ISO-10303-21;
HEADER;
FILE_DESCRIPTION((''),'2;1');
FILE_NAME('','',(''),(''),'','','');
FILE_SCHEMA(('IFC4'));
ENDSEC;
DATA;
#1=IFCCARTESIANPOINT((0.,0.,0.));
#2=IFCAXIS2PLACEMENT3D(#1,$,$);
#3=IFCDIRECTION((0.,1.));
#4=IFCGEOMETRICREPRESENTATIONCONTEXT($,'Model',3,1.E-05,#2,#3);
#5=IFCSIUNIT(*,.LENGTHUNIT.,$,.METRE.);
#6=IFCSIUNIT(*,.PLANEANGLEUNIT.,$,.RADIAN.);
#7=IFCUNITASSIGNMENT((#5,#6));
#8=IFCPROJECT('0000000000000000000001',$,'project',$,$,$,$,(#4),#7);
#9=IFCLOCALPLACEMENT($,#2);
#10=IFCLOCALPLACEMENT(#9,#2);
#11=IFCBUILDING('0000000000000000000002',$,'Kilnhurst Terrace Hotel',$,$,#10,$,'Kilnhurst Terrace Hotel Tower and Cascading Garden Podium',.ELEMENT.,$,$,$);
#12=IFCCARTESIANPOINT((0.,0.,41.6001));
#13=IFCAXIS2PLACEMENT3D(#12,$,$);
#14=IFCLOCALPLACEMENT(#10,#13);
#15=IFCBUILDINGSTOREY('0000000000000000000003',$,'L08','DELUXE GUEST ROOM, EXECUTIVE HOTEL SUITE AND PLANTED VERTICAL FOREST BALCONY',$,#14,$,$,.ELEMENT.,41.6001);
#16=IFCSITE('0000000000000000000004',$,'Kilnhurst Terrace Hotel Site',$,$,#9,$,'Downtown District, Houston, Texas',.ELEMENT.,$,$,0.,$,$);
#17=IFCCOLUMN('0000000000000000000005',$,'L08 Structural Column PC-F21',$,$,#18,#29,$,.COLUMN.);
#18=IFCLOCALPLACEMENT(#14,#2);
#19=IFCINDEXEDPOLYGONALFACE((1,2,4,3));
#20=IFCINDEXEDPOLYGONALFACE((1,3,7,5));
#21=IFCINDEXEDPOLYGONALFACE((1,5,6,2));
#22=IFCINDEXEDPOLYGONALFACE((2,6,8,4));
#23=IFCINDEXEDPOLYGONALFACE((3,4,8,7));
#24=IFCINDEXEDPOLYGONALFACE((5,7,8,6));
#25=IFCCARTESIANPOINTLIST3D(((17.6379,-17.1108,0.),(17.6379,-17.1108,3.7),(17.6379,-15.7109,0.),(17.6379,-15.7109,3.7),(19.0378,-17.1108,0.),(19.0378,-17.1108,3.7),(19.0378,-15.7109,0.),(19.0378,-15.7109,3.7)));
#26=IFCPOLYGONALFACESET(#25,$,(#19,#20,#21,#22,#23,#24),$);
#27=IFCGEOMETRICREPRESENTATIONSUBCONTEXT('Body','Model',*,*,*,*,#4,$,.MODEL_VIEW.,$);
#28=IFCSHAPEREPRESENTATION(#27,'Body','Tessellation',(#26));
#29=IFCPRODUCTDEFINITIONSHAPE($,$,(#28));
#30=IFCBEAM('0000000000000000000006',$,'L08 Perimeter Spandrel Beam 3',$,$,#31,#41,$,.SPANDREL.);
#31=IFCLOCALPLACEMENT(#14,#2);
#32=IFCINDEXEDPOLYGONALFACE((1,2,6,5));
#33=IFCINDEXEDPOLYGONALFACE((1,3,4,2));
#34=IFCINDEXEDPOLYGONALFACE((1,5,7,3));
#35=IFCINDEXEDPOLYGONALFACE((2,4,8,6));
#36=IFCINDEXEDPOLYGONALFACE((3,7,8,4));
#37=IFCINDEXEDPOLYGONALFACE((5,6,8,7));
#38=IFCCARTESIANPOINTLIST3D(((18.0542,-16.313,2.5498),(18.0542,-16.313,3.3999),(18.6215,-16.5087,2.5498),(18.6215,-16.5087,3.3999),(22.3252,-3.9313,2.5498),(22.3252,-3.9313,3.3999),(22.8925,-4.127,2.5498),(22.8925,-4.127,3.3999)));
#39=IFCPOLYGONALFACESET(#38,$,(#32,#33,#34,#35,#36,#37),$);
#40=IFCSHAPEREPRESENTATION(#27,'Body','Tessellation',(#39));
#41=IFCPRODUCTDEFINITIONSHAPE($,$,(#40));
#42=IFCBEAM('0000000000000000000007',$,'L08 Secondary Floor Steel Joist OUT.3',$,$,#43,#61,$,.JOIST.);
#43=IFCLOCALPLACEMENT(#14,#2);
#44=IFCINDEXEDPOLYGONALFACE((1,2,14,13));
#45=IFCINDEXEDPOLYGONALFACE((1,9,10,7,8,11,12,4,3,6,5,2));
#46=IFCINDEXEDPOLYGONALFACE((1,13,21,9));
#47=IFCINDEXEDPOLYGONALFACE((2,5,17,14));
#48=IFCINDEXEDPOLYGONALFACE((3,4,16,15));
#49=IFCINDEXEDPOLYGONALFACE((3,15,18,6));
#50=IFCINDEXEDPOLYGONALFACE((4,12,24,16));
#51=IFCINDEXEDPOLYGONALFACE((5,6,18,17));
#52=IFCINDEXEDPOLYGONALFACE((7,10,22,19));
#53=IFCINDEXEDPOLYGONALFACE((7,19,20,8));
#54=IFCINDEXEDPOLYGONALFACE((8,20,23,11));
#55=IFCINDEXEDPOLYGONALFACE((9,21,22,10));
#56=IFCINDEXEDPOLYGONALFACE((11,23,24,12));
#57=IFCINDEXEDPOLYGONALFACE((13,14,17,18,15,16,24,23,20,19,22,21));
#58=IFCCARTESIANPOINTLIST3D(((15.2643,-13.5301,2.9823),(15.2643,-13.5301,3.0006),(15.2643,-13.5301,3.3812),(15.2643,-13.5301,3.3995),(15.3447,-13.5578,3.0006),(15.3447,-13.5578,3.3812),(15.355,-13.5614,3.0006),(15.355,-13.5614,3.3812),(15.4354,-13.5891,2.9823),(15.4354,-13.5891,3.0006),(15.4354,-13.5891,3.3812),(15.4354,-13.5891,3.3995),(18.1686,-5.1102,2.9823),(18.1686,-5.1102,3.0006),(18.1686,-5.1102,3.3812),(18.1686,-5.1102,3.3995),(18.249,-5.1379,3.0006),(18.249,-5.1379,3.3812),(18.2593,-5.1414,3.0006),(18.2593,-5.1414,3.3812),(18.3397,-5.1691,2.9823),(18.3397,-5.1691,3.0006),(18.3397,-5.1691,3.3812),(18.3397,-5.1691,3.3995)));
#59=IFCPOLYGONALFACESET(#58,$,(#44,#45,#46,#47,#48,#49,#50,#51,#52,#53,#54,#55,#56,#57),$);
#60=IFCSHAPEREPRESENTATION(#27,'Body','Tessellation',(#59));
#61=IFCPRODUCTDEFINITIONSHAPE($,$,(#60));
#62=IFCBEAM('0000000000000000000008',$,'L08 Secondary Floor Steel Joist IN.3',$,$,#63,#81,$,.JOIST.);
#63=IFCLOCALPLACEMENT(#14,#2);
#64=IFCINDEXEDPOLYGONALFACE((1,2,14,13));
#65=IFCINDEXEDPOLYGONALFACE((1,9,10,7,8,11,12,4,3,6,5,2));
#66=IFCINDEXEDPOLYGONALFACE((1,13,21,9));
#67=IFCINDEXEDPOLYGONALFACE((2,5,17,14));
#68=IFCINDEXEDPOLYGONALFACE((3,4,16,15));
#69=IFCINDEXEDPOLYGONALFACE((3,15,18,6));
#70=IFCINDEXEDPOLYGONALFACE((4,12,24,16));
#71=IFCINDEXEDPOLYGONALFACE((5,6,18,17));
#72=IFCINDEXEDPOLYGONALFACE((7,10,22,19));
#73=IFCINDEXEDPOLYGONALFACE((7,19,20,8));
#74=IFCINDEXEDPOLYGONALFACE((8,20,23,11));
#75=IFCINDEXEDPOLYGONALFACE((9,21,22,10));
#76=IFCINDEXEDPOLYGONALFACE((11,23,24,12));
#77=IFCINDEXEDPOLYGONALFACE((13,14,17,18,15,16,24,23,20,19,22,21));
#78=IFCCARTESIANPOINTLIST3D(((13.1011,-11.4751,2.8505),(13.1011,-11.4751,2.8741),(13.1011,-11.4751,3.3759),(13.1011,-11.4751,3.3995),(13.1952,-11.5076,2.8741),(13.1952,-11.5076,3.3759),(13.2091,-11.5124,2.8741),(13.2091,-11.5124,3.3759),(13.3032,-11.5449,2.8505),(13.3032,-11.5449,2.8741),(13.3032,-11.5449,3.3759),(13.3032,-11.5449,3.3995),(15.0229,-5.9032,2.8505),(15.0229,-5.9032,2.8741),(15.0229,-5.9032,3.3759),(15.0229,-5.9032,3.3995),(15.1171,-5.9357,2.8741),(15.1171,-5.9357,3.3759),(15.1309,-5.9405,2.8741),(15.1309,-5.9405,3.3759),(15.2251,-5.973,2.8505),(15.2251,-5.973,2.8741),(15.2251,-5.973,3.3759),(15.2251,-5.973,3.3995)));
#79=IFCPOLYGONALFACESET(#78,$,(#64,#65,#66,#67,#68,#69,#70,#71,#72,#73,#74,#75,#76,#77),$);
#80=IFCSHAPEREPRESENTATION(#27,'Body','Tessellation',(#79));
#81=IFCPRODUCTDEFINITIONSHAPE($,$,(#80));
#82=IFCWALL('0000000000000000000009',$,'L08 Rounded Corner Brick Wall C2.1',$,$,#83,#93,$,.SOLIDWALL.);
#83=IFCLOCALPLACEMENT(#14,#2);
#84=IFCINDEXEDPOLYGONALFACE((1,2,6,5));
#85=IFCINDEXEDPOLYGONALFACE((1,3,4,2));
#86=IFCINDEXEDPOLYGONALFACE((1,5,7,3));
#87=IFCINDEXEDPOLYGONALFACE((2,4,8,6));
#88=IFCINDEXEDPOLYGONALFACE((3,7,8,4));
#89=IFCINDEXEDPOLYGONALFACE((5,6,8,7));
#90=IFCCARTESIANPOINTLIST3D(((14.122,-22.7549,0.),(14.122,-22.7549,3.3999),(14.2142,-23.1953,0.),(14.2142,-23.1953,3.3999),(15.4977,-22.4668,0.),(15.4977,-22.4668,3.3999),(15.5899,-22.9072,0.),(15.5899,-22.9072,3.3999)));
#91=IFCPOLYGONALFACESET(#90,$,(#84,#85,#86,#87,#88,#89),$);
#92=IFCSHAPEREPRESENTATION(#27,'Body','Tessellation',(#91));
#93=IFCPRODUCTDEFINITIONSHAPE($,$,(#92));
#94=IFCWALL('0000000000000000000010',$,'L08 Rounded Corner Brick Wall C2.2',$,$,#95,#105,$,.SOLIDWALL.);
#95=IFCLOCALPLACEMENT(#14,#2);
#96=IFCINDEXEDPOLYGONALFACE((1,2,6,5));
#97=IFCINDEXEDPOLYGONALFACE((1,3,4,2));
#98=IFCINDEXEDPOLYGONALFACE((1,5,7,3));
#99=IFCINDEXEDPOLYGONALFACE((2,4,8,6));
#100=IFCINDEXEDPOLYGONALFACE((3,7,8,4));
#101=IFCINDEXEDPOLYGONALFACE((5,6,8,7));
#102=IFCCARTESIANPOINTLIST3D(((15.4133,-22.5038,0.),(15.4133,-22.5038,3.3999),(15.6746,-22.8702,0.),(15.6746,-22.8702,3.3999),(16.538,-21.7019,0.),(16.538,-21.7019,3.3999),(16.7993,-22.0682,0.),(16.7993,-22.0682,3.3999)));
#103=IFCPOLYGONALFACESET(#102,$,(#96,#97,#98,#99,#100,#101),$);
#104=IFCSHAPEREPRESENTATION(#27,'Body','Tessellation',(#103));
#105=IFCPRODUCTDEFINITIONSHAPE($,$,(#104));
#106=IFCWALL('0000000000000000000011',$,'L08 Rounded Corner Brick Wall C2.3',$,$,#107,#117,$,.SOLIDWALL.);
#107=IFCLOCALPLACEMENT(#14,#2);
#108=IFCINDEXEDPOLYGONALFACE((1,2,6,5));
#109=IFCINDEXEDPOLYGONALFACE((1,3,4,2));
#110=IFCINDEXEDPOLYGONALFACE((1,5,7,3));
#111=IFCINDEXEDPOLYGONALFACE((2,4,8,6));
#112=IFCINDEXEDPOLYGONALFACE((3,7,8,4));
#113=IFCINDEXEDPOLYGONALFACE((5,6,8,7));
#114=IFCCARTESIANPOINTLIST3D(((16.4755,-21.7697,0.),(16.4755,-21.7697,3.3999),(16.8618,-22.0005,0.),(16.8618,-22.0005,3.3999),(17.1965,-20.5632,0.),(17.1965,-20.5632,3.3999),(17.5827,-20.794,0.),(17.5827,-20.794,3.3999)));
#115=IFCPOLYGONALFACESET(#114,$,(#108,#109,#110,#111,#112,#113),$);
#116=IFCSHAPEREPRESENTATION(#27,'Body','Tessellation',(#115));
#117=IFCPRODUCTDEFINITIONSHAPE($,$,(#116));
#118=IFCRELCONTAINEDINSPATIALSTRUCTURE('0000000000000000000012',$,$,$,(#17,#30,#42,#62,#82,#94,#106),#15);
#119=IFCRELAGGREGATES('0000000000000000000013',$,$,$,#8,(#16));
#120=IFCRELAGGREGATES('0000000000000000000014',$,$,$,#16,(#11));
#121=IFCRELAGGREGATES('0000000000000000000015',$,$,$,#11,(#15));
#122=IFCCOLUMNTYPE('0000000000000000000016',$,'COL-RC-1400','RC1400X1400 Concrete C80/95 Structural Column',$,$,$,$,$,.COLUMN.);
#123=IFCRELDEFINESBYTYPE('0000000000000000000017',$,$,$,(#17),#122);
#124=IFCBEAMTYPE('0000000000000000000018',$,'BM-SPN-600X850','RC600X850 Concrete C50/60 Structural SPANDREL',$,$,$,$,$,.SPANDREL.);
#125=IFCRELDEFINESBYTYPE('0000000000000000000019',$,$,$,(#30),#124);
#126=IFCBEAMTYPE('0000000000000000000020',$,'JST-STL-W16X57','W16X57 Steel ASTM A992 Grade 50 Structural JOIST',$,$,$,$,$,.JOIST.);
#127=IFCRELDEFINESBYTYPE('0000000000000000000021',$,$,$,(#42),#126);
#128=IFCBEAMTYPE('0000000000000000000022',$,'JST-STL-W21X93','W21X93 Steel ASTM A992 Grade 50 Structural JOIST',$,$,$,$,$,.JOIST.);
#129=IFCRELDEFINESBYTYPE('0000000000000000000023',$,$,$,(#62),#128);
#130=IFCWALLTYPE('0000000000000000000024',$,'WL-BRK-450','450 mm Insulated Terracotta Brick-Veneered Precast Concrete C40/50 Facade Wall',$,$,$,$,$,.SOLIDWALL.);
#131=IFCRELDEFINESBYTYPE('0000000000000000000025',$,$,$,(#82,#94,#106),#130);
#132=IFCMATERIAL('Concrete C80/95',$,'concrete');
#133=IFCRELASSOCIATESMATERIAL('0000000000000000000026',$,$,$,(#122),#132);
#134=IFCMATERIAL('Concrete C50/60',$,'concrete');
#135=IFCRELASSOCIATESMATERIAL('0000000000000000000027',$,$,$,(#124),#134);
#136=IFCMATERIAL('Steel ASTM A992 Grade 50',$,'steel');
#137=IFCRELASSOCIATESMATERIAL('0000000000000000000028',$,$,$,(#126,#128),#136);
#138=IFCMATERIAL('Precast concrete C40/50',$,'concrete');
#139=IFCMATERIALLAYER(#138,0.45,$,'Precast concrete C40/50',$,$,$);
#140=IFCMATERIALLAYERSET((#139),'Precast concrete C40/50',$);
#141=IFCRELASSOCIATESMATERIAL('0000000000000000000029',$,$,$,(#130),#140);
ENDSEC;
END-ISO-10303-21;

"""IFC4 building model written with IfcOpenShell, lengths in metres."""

from ifc_helpers import new_model, si_unit, direction, frame, frame_2d, origin, origin_2d, place, context, subcontext, project, spatial, rectangle, i_section, extrude, material, layer, layer_set, material_profile, profile_set, type_object, element, save


model = new_model("IFC4")

# Units and contexts
model_context = context("Model", 3, precision=1e-05, world=origin(), true_north=direction((0.0, 1.0)))
body_context = subcontext(model_context, "Body", "Model", "MODEL_VIEW")
ifc_project = project(units=[si_unit("LENGTHUNIT", "METRE"), si_unit("PLANEANGLEUNIT", "RADIAN")], contexts=[model_context])

# Site, building, storey
site_placement = place(None, origin())
site = spatial("IfcSite", under=ifc_project, at=site_placement, Name="Kilnhurst Terrace Hotel Site", LongName="Downtown District, Houston, Texas", CompositionType="ELEMENT", RefElevation=0.0)
building_placement = place(site_placement, origin())
building = spatial("IfcBuilding", under=site, at=building_placement, Name="Kilnhurst Terrace Hotel", LongName="Kilnhurst Terrace Hotel Tower and Cascading Garden Podium", CompositionType="ELEMENT")
storey_placement = place(building_placement, frame((0.0, 0.0, 41.6001)))
storey = spatial("IfcBuildingStorey", under=building, at=storey_placement, Name="L08", Description="DELUXE GUEST ROOM, EXECUTIVE HOTEL SUITE AND PLANTED VERTICAL FOREST BALCONY", CompositionType="ELEMENT", Elevation=41.6001)

# Column
ifc_material_1 = material(Name="Concrete C80/95", Category="concrete")
ifc_material_profile_1 = material_profile(ifc_material_1, rectangle(XDim=1.3999, YDim=1.3999, at=origin_2d()), Name="RC1400X1400")
ifc_profile_set_1 = profile_set([ifc_material_profile_1], Name="Concrete C80/95")
column_type = type_object("IfcColumnType", Name="COL-RC-1400", Description="RC1400X1400 Concrete C80/95 Structural Column", PredefinedType="COLUMN", material=ifc_profile_set_1)
column_placement = place(storey_placement, frame((18.3379, -16.4109, 0.0), z_axis=(0.0, 0.0, 1.0), x_axis=(1.0, 0.0, 0.0)))
element("IfcColumn", 1, at=column_placement, inside=storey, type_object=column_type, Name="L08 Structural Column PC-F21", PredefinedType="COLUMN", context=body_context, shape_type="SweptSolid", body=[
    extrude(rectangle(XDim=1.3999, YDim=1.3999, at=origin_2d()), origin(), (0.0, 0.0, 1.0), 3.7),
])

# Beams
ifc_material_2 = material(Name="Concrete C50/60", Category="concrete")
ifc_material_profile_2 = material_profile(ifc_material_2, rectangle(XDim=0.6001, YDim=0.8501, at=origin_2d()), Name="RC600X850")
ifc_profile_set_2 = profile_set([ifc_material_profile_2], Name="Concrete C50/60")
beam_type_1 = type_object("IfcBeamType", Name="BM-SPN-600X850", Description="RC600X850 Concrete C50/60 Structural SPANDREL", PredefinedType="SPANDREL", material=ifc_profile_set_2)
beam_1_placement = place(storey_placement, frame((18.3379, -16.4109, 2.9749), z_axis=(0.326086, 0.94534, 0.0), x_axis=(-0.94534, 0.326086, 0.0)))
element("IfcBeam", 2, at=beam_1_placement, inside=storey, type_object=beam_type_1, Name="L08 Perimeter Spandrel Beam 3", PredefinedType="SPANDREL", context=body_context, shape_type="SweptSolid", body=[
    extrude(rectangle(XDim=0.6001, YDim=0.8501, at=origin_2d()), origin(), (0.0, 0.0, 1.0), 13.0977),
])
ifc_material_3 = material(Name="Steel ASTM A992 Grade 50", Category="steel")
ifc_material_profile_3 = material_profile(ifc_material_3, i_section(OverallWidth=0.1809, OverallDepth=0.4172, WebThickness=0.011, FlangeThickness=0.0183, at=origin_2d()), Name="W16X57")
ifc_profile_set_3 = profile_set([ifc_material_profile_3], Name="Steel ASTM A992 Grade 50")
beam_type_2 = type_object("IfcBeamType", Name="JST-STL-W16X57", Description="W16X57 Steel ASTM A992 Grade 50 Structural JOIST", PredefinedType="JOIST", material=ifc_profile_set_3)
beam_2_placement = place(storey_placement, frame((15.3499, -13.5596, 3.1909), z_axis=(0.326079, 0.945343, 0.0), x_axis=(-0.945343, 0.326079, 0.0)))
element("IfcBeam", 3, at=beam_2_placement, inside=storey, type_object=beam_type_2, Name="L08 Secondary Floor Steel Joist OUT.3", PredefinedType="JOIST", context=body_context, shape_type="SweptSolid", body=[
    extrude(i_section(OverallWidth=0.1809, OverallDepth=0.4172, WebThickness=0.011, FlangeThickness=0.0183, at=origin_2d()), origin(), (0.0, 0.0, 1.0), 8.9067),
])
ifc_material_profile_4 = material_profile(ifc_material_3, i_section(OverallWidth=0.2139, OverallDepth=0.5491, WebThickness=0.0146, FlangeThickness=0.0237, at=origin_2d()), Name="W21X93")
ifc_profile_set_4 = profile_set([ifc_material_profile_4], Name="Steel ASTM A992 Grade 50")
beam_type_3 = type_object("IfcBeamType", Name="JST-STL-W21X93", Description="W21X93 Steel ASTM A992 Grade 50 Structural JOIST", PredefinedType="JOIST", material=ifc_profile_set_4)
beam_3_placement = place(storey_placement, frame((13.2021, -11.51, 3.125), z_axis=(0.326065, 0.945347, 0.0), x_axis=(-0.945347, 0.326065, 0.0)))
element("IfcBeam", 4, at=beam_3_placement, inside=storey, type_object=beam_type_3, Name="L08 Secondary Floor Steel Joist IN.3", PredefinedType="JOIST", context=body_context, shape_type="SweptSolid", body=[
    extrude(i_section(OverallWidth=0.2139, OverallDepth=0.5491, WebThickness=0.0146, FlangeThickness=0.0237, at=origin_2d()), origin(), (0.0, 0.0, 1.0), 5.894),
])

# Walls
ifc_material_4 = material(Name="Precast concrete C40/50", Category="concrete")
ifc_layer_1 = layer(ifc_material_4, 0.45, Name="Precast concrete C40/50")
ifc_layer_set_1 = layer_set([ifc_layer_1], Name="Precast concrete C40/50")
wall_type_1 = type_object("IfcWallType", Name="WL-BRK-450", Description="450 mm Insulated Terracotta Brick-Veneered Precast Concrete C40/50 Facade Wall", PredefinedType="SOLIDWALL", material=ifc_layer_set_1)
wall_1_placement = place(storey_placement, frame((14.1682, -22.9751, 0.0), z_axis=(0.0, 0.0, 1.0), x_axis=(0.97877, 0.20496, 0.0)))
element("IfcWall", 5, at=wall_1_placement, inside=storey, type_object=wall_type_1, Name="L08 Rounded Corner Brick Wall C2.1", PredefinedType="SOLIDWALL", context=body_context, shape_type="SweptSolid", body=[
    extrude(rectangle(XDim=1.4055, YDim=0.45, at=frame_2d((0.7026, 0.0))), origin(), (0.0, 0.0, 1.0), 3.3999),
])
wall_2_placement = place(storey_placement, frame((15.5439, -22.687, 0.0), z_axis=(0.0, 0.0, 1.0), x_axis=(0.814211, 0.580569, 0.0)))
element("IfcWall", 6, at=wall_2_placement, inside=storey, type_object=wall_type_1, Name="L08 Rounded Corner Brick Wall C2.2", PredefinedType="SOLIDWALL", context=body_context, shape_type="SweptSolid", body=[
    extrude(rectangle(XDim=1.3813, YDim=0.45, at=frame_2d((0.6907, 0.0))), origin(), (0.0, 0.0, 1.0), 3.3999),
])
wall_3_placement = place(storey_placement, frame((16.6687, -21.885, 0.0), z_axis=(0.0, 0.0, 1.0), x_axis=(0.512937, 0.858426, 0.0)))
element("IfcWall", 7, at=wall_3_placement, inside=storey, type_object=wall_type_1, Name="L08 Rounded Corner Brick Wall C2.3", PredefinedType="SOLIDWALL", context=body_context, shape_type="SweptSolid", body=[
    extrude(rectangle(XDim=1.4055, YDim=0.45, at=frame_2d((0.7026, 0.0))), origin(), (0.0, 0.0, 1.0), 3.3999),
])

save(model, "model.ifc")
